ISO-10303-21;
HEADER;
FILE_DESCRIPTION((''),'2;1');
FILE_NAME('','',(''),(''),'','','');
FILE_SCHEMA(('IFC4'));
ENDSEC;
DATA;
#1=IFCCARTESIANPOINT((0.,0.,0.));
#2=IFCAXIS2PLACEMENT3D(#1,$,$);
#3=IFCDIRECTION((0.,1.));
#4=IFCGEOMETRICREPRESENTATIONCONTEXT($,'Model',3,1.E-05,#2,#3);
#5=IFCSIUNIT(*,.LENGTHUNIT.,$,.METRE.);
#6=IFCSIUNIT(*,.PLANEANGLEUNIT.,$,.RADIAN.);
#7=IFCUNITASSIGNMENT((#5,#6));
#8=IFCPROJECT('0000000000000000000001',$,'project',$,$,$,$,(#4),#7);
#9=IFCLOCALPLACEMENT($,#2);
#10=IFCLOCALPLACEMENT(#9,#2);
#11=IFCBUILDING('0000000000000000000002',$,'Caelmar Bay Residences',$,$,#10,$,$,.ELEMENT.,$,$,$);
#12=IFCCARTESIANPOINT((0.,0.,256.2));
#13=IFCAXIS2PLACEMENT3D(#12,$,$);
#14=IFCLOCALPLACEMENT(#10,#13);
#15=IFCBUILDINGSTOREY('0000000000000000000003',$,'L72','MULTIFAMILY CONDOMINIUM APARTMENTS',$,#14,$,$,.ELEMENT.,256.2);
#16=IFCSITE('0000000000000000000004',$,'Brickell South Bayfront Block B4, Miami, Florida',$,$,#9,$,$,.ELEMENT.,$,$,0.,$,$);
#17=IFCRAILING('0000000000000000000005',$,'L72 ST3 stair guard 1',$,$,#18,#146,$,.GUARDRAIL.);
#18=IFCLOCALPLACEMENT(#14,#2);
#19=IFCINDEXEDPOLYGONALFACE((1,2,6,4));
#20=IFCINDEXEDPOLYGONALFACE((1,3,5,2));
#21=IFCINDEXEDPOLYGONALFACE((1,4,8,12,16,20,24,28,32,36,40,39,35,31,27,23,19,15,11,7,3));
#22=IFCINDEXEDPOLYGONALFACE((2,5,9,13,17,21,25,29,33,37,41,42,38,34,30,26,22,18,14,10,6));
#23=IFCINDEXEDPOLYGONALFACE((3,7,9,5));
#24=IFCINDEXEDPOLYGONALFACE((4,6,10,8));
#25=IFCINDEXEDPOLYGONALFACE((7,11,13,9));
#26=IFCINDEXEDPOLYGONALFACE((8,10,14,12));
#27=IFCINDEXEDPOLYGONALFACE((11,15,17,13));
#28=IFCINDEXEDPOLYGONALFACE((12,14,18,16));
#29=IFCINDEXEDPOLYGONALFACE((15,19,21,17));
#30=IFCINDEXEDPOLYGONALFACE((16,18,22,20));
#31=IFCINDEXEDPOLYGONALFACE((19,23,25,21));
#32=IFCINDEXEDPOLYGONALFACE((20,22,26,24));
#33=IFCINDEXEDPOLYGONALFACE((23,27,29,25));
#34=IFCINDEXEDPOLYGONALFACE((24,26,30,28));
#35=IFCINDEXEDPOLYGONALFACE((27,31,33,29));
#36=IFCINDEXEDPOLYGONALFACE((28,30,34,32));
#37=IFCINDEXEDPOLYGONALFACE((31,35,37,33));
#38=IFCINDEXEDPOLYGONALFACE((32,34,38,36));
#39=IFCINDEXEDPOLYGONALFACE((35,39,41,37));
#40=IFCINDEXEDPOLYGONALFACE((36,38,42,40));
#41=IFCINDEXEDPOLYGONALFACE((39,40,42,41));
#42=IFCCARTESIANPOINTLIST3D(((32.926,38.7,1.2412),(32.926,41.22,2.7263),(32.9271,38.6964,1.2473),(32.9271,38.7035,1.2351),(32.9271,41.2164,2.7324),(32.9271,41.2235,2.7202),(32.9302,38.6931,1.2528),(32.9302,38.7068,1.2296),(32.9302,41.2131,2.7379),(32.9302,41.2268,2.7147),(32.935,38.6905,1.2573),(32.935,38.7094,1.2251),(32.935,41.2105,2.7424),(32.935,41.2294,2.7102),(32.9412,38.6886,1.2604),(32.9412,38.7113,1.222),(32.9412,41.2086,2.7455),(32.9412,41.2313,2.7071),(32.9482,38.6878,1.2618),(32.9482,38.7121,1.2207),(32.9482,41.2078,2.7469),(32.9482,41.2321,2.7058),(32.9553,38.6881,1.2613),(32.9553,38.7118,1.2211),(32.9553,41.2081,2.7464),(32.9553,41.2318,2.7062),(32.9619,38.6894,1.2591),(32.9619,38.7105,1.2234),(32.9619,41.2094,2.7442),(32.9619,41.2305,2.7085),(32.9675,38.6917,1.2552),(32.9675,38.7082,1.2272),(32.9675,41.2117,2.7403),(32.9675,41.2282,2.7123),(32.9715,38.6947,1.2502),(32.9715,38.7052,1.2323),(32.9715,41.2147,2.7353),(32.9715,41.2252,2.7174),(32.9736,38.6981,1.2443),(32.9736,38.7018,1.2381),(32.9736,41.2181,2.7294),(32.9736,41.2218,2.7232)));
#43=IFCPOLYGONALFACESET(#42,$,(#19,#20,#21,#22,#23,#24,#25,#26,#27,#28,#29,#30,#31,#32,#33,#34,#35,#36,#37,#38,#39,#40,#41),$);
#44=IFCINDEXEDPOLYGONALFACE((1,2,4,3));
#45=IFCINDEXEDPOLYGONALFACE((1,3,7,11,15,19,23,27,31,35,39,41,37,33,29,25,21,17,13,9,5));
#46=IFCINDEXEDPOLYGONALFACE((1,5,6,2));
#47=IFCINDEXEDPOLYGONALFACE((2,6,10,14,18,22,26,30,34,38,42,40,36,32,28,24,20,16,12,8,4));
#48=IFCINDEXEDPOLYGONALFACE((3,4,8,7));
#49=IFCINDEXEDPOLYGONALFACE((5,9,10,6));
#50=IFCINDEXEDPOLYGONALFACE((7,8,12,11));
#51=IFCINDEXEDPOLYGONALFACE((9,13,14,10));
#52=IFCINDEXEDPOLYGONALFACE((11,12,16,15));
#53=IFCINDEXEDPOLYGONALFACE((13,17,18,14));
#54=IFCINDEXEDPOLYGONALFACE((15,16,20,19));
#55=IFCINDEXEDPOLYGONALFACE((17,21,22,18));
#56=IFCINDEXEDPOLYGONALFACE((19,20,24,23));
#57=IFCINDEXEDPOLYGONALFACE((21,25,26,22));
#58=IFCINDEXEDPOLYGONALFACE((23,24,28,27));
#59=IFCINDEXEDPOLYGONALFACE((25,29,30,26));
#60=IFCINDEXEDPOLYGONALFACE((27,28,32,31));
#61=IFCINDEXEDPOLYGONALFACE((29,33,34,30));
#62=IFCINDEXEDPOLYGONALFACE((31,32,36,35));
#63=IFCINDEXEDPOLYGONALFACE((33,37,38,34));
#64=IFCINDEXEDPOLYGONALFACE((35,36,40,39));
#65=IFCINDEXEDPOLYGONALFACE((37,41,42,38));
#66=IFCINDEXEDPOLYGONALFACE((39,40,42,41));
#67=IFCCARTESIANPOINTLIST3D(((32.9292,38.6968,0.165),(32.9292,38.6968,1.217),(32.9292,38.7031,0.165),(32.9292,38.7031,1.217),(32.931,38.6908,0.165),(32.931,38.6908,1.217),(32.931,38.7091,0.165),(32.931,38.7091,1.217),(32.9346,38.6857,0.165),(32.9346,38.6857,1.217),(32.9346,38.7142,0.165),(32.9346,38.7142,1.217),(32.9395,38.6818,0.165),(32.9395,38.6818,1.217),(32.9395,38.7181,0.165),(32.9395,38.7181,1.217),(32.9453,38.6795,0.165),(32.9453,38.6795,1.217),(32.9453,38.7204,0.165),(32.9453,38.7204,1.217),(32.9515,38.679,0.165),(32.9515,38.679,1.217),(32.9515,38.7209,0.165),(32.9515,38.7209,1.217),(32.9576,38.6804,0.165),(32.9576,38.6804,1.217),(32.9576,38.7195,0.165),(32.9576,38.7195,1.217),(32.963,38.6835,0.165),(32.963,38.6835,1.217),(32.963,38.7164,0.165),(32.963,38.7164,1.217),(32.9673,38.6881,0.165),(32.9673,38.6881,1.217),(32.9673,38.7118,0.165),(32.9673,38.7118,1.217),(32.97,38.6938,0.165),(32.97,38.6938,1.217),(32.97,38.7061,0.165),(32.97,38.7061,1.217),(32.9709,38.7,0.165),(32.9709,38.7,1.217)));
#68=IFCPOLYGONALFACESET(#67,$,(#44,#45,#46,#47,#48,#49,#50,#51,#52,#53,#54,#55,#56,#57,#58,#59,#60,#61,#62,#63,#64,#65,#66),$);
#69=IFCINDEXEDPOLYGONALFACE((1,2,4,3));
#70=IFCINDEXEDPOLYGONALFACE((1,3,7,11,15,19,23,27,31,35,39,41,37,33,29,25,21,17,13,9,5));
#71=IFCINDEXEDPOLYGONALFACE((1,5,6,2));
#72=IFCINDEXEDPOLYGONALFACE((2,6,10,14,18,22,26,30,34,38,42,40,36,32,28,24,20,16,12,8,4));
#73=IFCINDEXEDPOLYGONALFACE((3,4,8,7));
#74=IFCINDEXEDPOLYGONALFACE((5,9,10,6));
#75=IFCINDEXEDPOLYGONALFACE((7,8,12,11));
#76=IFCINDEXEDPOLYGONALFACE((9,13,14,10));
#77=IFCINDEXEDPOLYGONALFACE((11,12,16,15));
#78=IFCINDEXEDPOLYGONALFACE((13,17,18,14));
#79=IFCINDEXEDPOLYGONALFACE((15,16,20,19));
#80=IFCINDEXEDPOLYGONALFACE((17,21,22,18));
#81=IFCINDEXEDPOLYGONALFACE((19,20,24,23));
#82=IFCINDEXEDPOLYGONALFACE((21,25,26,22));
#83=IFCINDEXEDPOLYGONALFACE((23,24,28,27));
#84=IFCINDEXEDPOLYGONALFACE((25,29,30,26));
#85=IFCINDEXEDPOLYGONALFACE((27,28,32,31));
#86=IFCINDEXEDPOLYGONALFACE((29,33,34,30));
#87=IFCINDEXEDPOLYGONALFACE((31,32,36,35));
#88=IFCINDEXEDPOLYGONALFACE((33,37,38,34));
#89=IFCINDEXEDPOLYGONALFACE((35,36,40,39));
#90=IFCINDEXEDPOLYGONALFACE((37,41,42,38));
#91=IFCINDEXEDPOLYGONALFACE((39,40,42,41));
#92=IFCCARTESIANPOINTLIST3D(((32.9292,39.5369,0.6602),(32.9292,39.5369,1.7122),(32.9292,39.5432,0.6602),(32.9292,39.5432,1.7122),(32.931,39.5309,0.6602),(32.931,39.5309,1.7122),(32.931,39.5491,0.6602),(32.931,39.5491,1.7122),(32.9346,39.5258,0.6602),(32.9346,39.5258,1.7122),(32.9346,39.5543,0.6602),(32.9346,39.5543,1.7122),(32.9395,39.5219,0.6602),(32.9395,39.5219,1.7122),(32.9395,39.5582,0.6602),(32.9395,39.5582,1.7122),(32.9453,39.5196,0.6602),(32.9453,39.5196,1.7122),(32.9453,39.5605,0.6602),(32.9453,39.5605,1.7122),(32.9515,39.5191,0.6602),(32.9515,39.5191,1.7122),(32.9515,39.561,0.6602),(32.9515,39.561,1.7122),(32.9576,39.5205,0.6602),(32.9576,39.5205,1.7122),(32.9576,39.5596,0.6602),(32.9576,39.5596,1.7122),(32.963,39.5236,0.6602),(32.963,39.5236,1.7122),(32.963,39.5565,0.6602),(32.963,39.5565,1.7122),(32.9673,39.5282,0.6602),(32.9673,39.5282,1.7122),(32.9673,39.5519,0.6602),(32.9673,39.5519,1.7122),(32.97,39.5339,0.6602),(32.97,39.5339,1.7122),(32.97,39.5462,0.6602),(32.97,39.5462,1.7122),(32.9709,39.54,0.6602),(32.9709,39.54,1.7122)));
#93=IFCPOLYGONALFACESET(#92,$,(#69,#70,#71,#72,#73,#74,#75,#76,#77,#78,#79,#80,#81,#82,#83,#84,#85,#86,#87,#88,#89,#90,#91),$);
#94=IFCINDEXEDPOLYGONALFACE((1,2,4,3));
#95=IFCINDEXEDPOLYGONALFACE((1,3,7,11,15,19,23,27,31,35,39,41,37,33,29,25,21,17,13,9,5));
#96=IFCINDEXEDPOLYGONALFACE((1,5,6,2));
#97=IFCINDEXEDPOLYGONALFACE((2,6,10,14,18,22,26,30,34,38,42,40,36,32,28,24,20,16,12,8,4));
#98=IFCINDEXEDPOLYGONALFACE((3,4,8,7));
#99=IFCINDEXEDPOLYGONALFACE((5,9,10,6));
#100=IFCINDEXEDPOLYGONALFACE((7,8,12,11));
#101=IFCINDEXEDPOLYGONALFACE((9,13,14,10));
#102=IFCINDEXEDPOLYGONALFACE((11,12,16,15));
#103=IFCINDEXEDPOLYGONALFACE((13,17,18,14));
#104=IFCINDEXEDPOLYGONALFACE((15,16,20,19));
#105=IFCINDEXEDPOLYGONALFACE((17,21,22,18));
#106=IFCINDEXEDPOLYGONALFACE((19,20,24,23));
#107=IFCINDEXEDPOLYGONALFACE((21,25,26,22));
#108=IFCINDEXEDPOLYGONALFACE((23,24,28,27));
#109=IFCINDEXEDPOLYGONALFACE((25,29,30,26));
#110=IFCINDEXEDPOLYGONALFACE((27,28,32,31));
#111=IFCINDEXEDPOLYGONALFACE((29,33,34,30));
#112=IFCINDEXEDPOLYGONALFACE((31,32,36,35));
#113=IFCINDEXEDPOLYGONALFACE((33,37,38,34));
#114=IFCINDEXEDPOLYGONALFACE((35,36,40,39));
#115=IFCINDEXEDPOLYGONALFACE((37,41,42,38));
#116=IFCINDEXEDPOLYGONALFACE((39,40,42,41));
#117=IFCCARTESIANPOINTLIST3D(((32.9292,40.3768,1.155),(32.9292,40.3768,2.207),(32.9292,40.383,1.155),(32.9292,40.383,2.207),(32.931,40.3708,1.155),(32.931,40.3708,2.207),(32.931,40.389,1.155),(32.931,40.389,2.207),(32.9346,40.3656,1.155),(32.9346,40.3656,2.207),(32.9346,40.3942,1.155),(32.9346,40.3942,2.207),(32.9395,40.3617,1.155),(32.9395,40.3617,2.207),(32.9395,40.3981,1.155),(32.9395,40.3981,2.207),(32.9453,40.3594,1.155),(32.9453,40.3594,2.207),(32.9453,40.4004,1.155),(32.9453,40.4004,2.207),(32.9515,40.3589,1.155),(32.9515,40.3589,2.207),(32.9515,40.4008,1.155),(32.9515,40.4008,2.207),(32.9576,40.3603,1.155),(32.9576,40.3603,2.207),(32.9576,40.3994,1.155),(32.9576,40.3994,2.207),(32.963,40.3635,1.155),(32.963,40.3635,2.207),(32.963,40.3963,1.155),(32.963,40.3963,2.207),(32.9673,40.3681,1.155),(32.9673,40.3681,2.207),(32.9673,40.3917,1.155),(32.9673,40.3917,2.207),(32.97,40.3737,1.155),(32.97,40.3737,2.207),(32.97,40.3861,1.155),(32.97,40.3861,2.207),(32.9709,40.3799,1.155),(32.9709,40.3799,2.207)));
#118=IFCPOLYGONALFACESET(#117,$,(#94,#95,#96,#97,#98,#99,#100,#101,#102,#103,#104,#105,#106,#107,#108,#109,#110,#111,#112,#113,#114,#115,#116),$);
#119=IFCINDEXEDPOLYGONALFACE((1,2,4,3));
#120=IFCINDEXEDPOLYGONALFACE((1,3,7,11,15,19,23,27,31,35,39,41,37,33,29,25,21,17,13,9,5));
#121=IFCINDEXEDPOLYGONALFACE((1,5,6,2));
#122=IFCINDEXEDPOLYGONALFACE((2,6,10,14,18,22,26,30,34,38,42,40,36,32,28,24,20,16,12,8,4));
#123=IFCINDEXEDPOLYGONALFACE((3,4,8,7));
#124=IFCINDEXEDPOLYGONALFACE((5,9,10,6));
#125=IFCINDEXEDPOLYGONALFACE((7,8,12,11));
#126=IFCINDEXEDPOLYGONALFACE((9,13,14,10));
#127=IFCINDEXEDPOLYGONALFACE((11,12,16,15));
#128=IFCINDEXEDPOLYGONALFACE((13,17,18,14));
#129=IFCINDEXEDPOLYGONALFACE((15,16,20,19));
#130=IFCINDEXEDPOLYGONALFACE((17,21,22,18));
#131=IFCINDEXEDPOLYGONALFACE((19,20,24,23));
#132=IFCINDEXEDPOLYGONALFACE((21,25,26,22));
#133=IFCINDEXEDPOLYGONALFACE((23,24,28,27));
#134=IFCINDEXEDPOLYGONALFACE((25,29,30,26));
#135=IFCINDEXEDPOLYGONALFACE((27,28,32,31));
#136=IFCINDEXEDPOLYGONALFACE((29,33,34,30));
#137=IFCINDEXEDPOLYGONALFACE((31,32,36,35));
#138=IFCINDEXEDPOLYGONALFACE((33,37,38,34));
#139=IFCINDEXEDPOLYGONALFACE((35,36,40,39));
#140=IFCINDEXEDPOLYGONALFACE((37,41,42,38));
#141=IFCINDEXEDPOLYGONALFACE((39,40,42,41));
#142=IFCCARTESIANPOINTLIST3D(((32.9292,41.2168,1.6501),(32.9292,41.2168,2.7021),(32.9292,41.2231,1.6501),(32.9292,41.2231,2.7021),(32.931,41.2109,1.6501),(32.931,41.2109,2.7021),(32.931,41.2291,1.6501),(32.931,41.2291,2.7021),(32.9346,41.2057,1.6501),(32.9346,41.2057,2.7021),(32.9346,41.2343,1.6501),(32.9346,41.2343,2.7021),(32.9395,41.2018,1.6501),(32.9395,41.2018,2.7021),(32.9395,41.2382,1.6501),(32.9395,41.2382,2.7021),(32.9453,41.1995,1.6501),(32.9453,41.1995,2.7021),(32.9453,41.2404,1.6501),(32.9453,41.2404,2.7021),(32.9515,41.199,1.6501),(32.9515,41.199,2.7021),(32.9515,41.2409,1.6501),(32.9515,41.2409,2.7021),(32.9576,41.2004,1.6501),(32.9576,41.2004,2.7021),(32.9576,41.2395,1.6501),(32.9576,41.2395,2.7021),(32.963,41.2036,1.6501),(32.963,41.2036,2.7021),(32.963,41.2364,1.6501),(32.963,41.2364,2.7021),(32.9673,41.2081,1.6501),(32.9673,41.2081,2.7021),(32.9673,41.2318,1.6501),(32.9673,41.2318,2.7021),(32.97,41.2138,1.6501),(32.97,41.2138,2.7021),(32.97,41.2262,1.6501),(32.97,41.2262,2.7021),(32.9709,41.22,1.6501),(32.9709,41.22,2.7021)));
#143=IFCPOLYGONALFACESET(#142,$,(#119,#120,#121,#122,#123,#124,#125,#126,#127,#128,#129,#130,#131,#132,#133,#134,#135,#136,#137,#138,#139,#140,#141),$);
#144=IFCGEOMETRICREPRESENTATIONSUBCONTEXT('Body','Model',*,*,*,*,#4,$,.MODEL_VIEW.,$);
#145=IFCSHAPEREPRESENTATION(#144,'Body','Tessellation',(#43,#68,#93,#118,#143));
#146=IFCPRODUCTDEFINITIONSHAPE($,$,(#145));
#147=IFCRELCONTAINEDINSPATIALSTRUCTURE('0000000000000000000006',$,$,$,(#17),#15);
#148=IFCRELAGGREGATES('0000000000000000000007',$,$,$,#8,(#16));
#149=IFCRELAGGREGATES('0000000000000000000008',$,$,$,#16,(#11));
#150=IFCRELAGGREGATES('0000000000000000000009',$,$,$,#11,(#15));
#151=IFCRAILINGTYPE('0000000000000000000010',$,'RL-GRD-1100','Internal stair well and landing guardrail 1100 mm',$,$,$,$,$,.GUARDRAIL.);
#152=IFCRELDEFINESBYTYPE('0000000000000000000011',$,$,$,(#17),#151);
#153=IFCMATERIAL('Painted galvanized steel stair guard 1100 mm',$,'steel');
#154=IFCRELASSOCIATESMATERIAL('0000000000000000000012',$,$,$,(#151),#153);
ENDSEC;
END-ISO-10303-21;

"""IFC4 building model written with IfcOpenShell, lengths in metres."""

from ifc_helpers import new_model, si_unit, direction, frame, origin, origin_2d, place, context, subcontext, project, spatial, circle, extrude, material, type_object, element, save


model = new_model("IFC4")

# Units and contexts
model_context = context("Model", 3, precision=1e-05, world=origin(), true_north=direction((0.0, 1.0)))
body_context = subcontext(model_context, "Body", "Model", "MODEL_VIEW")
ifc_project = project(units=[si_unit("LENGTHUNIT", "METRE"), si_unit("PLANEANGLEUNIT", "RADIAN")], contexts=[model_context])

# Site, building, storey
site_placement = place(None, origin())
site = spatial("IfcSite", under=ifc_project, at=site_placement, Name="Brickell South Bayfront Block B4, Miami, Florida", CompositionType="ELEMENT", RefElevation=0.0)
building_placement = place(site_placement, origin())
building = spatial("IfcBuilding", under=site, at=building_placement, Name="Caelmar Bay Residences", CompositionType="ELEMENT")
storey_placement = place(building_placement, frame((0.0, 0.0, 256.2)))
storey = spatial("IfcBuildingStorey", under=building, at=storey_placement, Name="L72", Description="MULTIFAMILY CONDOMINIUM APARTMENTS", CompositionType="ELEMENT", Elevation=256.2)

# Railing
ifc_material_1 = material(Name="Painted galvanized steel stair guard 1100 mm", Category="steel")
railing_type_1 = type_object("IfcRailingType", Name="RL-GRD-1100", Description="Internal stair well and landing guardrail 1100 mm", PredefinedType="GUARDRAIL", material=ifc_material_1)
railing_1_placement = place(storey_placement, frame((32.95, 38.7, 0.165)))
element("IfcRailing", 1, at=railing_1_placement, inside=storey, type_object=railing_type_1, Name="L72 ST3 stair guard 1", PredefinedType="GUARDRAIL", context=body_context, shape_type="SweptSolid", body=[
    extrude(circle(Radius=0.0239, at=origin_2d()), frame((0.0, 0.0, 1.0762), z_axis=(0.0, 0.861524, 0.507717), x_axis=(-1.0, 0.0, 0.0)), (0.0, 0.0, 1.0), 2.925),
    extrude(circle(Radius=0.021, at=origin_2d()), origin(), (0.0, 0.0, 1.0), 1.052),
    extrude(circle(Radius=0.021, at=origin_2d()), frame((0.0, 0.8401, 0.4951)), (0.0, 0.0, 1.0), 1.052),
    extrude(circle(Radius=0.021, at=origin_2d()), frame((0.0, 1.6799, 0.99)), (0.0, 0.0, 1.0), 1.052),
    extrude(circle(Radius=0.021, at=origin_2d()), frame((0.0, 2.52, 1.4851)), (0.0, 0.0, 1.0), 1.052),
])

save(model, "model.ifc")
